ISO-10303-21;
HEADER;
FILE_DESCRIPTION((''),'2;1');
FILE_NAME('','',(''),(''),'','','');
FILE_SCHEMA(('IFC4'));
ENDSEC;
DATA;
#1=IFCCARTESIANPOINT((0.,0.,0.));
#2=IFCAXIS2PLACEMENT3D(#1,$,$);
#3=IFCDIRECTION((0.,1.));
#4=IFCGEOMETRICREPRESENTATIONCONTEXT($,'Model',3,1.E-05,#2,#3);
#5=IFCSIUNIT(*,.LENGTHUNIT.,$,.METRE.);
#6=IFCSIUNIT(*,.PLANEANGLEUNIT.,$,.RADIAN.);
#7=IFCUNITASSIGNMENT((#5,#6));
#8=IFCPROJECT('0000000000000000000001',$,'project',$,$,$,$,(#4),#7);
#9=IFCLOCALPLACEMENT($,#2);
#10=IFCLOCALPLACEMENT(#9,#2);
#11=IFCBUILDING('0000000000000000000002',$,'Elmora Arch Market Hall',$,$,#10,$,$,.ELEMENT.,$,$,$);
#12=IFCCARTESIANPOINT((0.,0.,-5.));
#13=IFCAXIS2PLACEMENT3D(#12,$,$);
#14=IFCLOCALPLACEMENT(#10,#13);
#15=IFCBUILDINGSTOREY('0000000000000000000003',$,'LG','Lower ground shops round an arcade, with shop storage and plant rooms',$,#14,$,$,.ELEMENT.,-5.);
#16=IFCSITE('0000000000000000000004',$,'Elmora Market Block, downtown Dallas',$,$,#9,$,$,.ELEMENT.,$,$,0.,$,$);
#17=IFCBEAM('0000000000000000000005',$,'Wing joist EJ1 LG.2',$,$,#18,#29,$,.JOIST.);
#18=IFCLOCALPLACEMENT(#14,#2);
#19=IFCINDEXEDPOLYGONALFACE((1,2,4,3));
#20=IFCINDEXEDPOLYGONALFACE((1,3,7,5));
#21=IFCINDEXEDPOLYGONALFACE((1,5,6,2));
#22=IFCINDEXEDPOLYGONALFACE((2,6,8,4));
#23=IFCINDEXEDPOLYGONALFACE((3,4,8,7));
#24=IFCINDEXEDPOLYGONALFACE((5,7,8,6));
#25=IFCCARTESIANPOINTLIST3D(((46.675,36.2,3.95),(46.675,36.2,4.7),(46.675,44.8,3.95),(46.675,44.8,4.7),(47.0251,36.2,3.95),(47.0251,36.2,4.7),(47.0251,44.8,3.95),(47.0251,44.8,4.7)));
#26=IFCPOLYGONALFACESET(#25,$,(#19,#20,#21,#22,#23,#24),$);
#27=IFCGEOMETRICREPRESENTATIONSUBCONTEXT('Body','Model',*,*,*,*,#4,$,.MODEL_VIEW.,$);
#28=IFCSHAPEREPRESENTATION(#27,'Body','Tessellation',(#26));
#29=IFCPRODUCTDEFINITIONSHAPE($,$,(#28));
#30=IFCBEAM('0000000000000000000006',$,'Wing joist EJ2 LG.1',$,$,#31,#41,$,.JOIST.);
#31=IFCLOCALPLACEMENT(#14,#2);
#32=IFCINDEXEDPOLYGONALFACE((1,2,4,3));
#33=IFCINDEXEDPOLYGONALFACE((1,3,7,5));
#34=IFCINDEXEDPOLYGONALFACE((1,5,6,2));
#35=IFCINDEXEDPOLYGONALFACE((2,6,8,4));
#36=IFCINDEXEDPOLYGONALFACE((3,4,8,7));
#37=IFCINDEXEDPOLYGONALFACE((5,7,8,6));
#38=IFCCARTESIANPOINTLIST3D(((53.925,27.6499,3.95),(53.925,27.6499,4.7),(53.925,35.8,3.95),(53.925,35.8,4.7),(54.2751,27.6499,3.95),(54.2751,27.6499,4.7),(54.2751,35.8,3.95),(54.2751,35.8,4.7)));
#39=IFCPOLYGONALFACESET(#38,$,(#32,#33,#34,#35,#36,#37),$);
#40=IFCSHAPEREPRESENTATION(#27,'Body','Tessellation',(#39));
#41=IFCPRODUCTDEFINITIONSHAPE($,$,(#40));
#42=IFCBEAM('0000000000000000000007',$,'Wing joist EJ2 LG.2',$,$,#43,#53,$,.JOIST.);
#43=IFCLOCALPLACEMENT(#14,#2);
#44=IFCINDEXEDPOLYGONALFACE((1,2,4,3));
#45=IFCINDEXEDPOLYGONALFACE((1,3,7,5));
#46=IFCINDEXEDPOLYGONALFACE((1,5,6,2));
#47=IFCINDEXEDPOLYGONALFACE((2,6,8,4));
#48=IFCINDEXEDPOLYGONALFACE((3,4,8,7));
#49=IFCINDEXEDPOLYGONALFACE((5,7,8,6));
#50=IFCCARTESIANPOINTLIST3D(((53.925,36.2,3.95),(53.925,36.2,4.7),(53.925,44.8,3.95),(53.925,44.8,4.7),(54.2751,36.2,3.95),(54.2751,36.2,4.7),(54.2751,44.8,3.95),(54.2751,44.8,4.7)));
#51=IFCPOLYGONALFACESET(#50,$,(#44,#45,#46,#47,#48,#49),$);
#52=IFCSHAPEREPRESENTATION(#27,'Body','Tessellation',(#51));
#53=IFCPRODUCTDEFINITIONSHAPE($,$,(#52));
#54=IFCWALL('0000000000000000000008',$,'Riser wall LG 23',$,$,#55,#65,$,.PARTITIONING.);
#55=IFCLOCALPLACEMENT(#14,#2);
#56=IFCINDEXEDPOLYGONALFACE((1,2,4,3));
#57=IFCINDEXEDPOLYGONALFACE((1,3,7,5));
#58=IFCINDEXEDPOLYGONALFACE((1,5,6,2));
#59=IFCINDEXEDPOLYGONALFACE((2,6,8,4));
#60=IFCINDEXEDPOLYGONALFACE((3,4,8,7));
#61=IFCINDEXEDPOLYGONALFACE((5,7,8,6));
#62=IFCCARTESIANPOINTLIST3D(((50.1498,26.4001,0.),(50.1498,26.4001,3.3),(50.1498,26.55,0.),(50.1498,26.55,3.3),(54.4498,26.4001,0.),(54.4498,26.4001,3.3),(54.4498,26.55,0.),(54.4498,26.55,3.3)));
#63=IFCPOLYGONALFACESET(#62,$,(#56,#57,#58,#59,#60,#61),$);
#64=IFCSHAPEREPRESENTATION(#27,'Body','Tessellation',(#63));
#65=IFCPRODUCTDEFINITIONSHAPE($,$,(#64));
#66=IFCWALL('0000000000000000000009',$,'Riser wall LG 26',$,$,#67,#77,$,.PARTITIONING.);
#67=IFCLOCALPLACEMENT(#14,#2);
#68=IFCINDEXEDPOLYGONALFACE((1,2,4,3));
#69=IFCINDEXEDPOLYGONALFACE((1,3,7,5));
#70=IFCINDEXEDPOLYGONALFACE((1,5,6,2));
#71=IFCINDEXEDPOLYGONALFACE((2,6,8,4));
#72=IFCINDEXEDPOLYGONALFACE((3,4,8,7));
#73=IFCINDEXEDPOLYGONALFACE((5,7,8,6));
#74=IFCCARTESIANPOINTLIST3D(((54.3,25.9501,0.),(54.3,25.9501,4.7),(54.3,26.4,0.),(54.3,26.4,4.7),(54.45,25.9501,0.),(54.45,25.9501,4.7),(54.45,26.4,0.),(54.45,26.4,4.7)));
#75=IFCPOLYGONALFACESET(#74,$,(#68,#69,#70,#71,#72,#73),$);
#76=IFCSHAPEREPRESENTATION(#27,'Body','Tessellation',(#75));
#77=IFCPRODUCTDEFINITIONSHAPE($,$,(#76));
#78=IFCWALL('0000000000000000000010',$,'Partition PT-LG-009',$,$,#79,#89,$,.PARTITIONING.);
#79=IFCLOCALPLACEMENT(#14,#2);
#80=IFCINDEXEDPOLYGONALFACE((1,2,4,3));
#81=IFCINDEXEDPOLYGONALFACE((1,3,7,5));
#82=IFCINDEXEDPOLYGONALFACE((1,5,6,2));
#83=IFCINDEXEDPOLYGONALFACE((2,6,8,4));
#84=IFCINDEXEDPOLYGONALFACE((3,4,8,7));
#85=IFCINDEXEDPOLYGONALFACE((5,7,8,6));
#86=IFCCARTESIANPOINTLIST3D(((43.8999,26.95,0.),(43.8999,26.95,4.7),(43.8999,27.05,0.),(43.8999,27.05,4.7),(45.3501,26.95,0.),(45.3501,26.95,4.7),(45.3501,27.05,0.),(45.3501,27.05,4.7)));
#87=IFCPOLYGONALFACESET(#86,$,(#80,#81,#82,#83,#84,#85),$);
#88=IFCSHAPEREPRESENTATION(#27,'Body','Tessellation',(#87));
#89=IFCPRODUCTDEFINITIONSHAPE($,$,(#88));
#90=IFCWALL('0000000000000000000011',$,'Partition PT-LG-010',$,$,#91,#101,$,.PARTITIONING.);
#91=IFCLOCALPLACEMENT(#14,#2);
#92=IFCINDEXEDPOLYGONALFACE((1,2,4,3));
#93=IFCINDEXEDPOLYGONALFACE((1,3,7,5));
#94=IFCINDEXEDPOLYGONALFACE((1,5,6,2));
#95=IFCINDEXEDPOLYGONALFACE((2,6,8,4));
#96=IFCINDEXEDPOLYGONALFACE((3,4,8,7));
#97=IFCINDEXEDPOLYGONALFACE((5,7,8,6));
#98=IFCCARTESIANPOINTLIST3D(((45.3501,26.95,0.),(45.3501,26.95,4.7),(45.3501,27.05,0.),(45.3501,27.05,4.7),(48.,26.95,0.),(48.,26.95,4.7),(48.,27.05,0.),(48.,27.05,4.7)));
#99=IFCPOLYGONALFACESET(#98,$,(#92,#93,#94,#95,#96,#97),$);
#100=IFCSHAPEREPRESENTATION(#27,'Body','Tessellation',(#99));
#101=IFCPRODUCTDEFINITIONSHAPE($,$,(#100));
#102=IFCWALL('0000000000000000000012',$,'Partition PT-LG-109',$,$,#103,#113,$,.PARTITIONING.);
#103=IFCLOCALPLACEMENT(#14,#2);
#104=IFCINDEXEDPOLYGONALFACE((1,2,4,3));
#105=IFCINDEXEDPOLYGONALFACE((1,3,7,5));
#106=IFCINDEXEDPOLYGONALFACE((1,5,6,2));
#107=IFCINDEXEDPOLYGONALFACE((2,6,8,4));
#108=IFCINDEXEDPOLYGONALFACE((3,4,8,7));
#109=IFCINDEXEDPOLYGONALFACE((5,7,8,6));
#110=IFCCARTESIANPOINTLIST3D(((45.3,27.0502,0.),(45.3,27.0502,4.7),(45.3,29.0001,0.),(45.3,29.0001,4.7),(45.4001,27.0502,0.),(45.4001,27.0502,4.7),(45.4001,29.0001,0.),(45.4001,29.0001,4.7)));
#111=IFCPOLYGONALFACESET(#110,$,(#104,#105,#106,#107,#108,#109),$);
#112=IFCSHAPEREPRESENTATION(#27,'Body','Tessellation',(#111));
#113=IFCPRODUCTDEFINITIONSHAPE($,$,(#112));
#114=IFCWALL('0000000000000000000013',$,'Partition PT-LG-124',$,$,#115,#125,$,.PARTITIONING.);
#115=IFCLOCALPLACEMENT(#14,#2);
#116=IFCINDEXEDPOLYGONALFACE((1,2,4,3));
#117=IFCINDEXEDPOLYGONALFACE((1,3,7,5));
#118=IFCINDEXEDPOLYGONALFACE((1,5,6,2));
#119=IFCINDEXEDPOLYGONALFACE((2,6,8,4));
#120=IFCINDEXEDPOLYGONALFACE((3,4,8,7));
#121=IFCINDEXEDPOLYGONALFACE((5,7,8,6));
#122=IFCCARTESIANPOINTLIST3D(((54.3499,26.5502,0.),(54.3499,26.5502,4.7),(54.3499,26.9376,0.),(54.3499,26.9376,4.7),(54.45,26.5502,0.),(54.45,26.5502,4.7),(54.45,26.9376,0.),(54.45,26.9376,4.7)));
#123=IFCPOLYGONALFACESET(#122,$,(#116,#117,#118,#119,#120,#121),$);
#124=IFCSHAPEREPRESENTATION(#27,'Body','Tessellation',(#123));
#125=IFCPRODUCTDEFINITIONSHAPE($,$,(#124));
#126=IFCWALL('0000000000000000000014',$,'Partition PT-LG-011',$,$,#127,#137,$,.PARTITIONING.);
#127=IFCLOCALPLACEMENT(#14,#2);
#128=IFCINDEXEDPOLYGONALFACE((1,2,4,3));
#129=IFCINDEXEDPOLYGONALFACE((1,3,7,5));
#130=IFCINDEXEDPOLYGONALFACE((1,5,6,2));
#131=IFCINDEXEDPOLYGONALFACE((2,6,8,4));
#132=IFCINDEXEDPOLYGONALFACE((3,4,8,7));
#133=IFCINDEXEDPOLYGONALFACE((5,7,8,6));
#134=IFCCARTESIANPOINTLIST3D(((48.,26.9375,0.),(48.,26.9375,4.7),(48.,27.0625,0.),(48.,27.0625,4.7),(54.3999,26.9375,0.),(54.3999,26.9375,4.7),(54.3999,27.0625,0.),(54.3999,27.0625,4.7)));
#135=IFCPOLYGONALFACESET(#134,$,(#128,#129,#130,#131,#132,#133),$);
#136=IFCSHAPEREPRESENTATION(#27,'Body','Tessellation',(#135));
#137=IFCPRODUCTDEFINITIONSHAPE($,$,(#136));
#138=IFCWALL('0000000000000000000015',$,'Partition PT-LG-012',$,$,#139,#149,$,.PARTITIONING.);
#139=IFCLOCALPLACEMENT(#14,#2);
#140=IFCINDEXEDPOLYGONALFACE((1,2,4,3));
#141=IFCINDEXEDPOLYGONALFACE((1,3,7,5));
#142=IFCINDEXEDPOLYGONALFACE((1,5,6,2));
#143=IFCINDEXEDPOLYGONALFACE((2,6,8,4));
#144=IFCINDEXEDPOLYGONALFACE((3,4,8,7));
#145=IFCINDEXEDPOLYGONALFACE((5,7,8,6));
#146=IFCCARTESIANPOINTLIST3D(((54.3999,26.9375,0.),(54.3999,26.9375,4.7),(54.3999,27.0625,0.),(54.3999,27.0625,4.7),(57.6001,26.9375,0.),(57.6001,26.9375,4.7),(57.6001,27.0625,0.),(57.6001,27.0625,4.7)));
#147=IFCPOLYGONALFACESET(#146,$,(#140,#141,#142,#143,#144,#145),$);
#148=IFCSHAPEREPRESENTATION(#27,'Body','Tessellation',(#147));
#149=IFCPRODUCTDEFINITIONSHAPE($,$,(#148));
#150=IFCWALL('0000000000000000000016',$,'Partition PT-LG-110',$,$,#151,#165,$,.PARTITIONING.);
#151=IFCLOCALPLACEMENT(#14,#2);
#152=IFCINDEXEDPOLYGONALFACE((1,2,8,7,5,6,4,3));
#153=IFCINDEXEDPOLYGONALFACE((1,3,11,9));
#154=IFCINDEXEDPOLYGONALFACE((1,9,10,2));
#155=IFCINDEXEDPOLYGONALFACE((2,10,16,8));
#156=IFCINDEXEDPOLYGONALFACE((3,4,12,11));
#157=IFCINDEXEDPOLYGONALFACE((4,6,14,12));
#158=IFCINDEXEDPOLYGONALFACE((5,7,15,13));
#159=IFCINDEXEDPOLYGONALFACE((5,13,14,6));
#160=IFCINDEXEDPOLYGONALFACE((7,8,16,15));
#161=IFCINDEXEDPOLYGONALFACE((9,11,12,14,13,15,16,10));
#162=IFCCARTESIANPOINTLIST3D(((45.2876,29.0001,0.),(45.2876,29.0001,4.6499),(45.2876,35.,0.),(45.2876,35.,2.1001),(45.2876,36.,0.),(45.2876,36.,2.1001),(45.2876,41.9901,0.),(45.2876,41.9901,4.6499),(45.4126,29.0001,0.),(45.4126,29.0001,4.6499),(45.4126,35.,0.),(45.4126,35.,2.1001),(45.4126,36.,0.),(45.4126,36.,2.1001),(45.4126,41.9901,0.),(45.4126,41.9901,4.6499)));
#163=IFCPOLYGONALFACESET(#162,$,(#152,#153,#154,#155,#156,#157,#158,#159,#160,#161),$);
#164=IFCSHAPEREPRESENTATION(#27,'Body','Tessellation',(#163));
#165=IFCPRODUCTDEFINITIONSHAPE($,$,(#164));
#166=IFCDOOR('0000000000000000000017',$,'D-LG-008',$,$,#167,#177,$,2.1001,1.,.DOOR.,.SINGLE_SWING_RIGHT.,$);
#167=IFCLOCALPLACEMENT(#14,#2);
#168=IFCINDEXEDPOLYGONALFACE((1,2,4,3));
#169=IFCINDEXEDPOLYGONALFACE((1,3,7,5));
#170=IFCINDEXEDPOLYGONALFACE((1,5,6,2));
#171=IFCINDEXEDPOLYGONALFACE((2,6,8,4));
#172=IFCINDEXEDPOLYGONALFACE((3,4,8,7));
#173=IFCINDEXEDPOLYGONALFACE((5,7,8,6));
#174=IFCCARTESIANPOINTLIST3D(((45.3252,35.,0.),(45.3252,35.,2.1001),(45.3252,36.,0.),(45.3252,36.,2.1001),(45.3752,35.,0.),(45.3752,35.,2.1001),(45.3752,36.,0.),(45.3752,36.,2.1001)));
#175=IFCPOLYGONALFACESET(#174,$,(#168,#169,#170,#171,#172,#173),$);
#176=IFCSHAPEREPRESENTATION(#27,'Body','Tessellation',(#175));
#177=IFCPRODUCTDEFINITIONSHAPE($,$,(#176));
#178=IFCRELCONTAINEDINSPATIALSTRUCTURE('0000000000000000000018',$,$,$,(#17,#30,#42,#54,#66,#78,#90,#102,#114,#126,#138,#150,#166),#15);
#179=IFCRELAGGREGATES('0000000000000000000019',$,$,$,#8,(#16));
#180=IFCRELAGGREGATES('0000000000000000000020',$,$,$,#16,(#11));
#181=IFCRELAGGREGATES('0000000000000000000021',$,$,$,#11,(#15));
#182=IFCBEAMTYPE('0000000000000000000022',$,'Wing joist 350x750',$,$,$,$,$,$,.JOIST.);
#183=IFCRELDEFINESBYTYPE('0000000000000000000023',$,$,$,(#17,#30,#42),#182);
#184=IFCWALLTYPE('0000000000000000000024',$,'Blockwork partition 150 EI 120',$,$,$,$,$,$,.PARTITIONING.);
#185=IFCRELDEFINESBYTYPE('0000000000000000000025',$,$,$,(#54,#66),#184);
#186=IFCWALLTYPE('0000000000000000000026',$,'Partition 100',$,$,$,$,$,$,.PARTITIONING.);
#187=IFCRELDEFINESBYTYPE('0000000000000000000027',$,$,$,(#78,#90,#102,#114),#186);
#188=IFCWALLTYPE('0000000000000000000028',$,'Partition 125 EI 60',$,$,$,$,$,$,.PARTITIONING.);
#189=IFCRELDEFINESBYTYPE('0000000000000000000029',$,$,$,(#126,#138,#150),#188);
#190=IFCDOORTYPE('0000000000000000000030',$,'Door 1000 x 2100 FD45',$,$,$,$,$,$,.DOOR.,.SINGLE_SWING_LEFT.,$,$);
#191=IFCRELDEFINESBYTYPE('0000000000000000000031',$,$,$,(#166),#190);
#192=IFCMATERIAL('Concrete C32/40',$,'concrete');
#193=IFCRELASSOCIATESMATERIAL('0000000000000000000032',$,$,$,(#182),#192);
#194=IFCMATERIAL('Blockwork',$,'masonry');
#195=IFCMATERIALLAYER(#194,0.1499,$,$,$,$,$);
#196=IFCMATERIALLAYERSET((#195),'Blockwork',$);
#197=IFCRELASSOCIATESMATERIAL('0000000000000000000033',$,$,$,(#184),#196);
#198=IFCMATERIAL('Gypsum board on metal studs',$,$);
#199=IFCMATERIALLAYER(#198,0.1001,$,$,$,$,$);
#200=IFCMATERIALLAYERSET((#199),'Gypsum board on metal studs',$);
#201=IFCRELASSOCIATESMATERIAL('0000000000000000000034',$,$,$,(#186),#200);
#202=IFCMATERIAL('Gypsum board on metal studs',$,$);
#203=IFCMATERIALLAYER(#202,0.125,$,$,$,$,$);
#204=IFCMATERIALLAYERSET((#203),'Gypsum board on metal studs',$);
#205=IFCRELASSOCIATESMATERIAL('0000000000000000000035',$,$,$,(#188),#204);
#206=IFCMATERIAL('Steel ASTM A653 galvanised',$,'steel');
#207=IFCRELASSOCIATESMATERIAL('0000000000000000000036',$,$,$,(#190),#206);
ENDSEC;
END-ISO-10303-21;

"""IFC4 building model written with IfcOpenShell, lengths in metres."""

from ifc_helpers import new_model, si_unit, direction, frame, frame_2d, origin, origin_2d, place, context, subcontext, project, spatial, rectangle, extrude, material, layer, layer_set, material_profile, profile_set, type_object, element, fill, save


model = new_model("IFC4")

# Units and contexts
model_context = context("Model", 3, precision=1e-05, world=origin(), true_north=direction((0.0, 1.0)))
body_context = subcontext(model_context, "Body", "Model", "MODEL_VIEW")
ifc_project = project(units=[si_unit("LENGTHUNIT", "METRE"), si_unit("PLANEANGLEUNIT", "RADIAN")], contexts=[model_context])

# Site, building, storey
site_placement = place(None, origin())
site = spatial("IfcSite", under=ifc_project, at=site_placement, Name="Elmora Market Block, downtown Dallas", CompositionType="ELEMENT", RefElevation=0.0)
building_placement = place(site_placement, origin())
building = spatial("IfcBuilding", under=site, at=building_placement, Name="Elmora Arch Market Hall", CompositionType="ELEMENT")
storey_placement = place(building_placement, frame((0.0, 0.0, -5.0)))
storey = spatial("IfcBuildingStorey", under=building, at=storey_placement, Name="LG", Description="Lower ground shops round an arcade, with shop storage and plant rooms", CompositionType="ELEMENT", Elevation=-5.0)

# Beams
ifc_material_1 = material(Name="Concrete C32/40", Category="concrete")
ifc_material_profile_1 = material_profile(ifc_material_1, rectangle(XDim=0.3501, YDim=0.75, at=origin_2d()), Name="Wing joist 350x750")
ifc_profile_set_1 = profile_set([ifc_material_profile_1], Name="Concrete C32/40")
beam_type_1 = type_object("IfcBeamType", Name="Wing joist 350x750", PredefinedType="JOIST", material=ifc_profile_set_1)
beam_1_placement = place(storey_placement, frame((46.8501, 36.2, 4.325), z_axis=(0.0, 1.0, 0.0), x_axis=(-1.0, 0.0, 0.0)))
element("IfcBeam", 1, at=beam_1_placement, inside=storey, type_object=beam_type_1, Name="Wing joist EJ1 LG.2", PredefinedType="JOIST", context=body_context, shape_type="SweptSolid", body=[
    extrude(rectangle(XDim=0.3501, YDim=0.75, at=origin_2d()), origin(), (0.0, 0.0, 1.0), 8.6001),
])
beam_2_placement = place(storey_placement, frame((54.1001, 27.6499, 4.325), z_axis=(0.0, 1.0, 0.0), x_axis=(-1.0, 0.0, 0.0)))
element("IfcBeam", 2, at=beam_2_placement, inside=storey, type_object=beam_type_1, Name="Wing joist EJ2 LG.1", PredefinedType="JOIST", context=body_context, shape_type="SweptSolid", body=[
    extrude(rectangle(XDim=0.3501, YDim=0.75, at=origin_2d()), origin(), (0.0, 0.0, 1.0), 8.1501),
])
beam_3_placement = place(storey_placement, frame((54.1001, 36.2, 4.325), z_axis=(0.0, 1.0, 0.0), x_axis=(-1.0, 0.0, 0.0)))
element("IfcBeam", 3, at=beam_3_placement, inside=storey, type_object=beam_type_1, Name="Wing joist EJ2 LG.2", PredefinedType="JOIST", context=body_context, shape_type="SweptSolid", body=[
    extrude(rectangle(XDim=0.3501, YDim=0.75, at=origin_2d()), origin(), (0.0, 0.0, 1.0), 8.6001),
])

# Walls
ifc_material_2 = material(Name="Blockwork", Category="masonry")
ifc_layer_1 = layer(ifc_material_2, 0.1499)
ifc_layer_set_1 = layer_set([ifc_layer_1], Name="Blockwork")
wall_type_1 = type_object("IfcWallType", Name="Blockwork partition 150 EI 120", PredefinedType="PARTITIONING", material=ifc_layer_set_1)
wall_1_placement = place(storey_placement, frame((50.1499, 26.4751, 0.0), z_axis=(0.0, 0.0, 1.0), x_axis=(1.0, 0.0, 0.0)))
element("IfcWall", 4, at=wall_1_placement, inside=storey, type_object=wall_type_1, Name="Riser wall LG 23", PredefinedType="PARTITIONING", context=body_context, shape_type="SweptSolid", body=[
    extrude(rectangle(XDim=4.3, YDim=0.1499, at=frame_2d((2.1499, 0.0))), origin(), (0.0, 0.0, 1.0), 3.3),
])
wall_2_placement = place(storey_placement, frame((54.375, 25.95, 0.0), z_axis=(0.0, 0.0, 1.0), x_axis=(0.0, 1.0, 0.0)))
element("IfcWall", 5, at=wall_2_placement, inside=storey, type_object=wall_type_1, Name="Riser wall LG 26", PredefinedType="PARTITIONING", context=body_context, shape_type="SweptSolid", body=[
    extrude(rectangle(XDim=0.45, YDim=0.1499, at=frame_2d((0.2251, 0.0))), origin(), (0.0, 0.0, 1.0), 4.7),
])
ifc_material_3 = material(Name="Gypsum board on metal studs")
ifc_layer_2 = layer(ifc_material_3, 0.1001)
ifc_layer_set_2 = layer_set([ifc_layer_2], Name="Gypsum board on metal studs")
wall_type_2 = type_object("IfcWallType", Name="Partition 100", PredefinedType="PARTITIONING", material=ifc_layer_set_2)
wall_3_placement = place(storey_placement, frame((43.8999, 27.0, 0.0), z_axis=(0.0, 0.0, 1.0), x_axis=(1.0, 0.0, 0.0)))
element("IfcWall", 6, at=wall_3_placement, inside=storey, type_object=wall_type_2, Name="Partition PT-LG-009", PredefinedType="PARTITIONING", context=body_context, shape_type="SweptSolid", body=[
    extrude(rectangle(XDim=1.4502, YDim=0.1001, at=frame_2d((0.7251, 0.0))), origin(), (0.0, 0.0, 1.0), 4.7),
])
wall_4_placement = place(storey_placement, frame((45.3501, 27.0, 0.0), z_axis=(0.0, 0.0, 1.0), x_axis=(1.0, 0.0, 0.0)))
element("IfcWall", 7, at=wall_4_placement, inside=storey, type_object=wall_type_2, Name="Partition PT-LG-010", PredefinedType="PARTITIONING", context=body_context, shape_type="SweptSolid", body=[
    extrude(rectangle(XDim=2.6499, YDim=0.1001, at=frame_2d((1.325, 0.0))), origin(), (0.0, 0.0, 1.0), 4.7),
])
wall_5_placement = place(storey_placement, frame((45.3501, 27.05, 0.0), z_axis=(0.0, 0.0, 1.0), x_axis=(0.0, 1.0, 0.0)))
element("IfcWall", 8, at=wall_5_placement, inside=storey, type_object=wall_type_2, Name="Partition PT-LG-109", PredefinedType="PARTITIONING", context=body_context, shape_type="SweptSolid", body=[
    extrude(rectangle(XDim=1.95, YDim=0.1001, at=frame_2d((0.9751, 0.0))), origin(), (0.0, 0.0, 1.0), 4.7),
])
wall_6_placement = place(storey_placement, frame((54.3999, 26.55, 0.0), z_axis=(0.0, 0.0, 1.0), x_axis=(0.0, 1.0, 0.0)))
element("IfcWall", 9, at=wall_6_placement, inside=storey, type_object=wall_type_2, Name="Partition PT-LG-124", PredefinedType="PARTITIONING", context=body_context, shape_type="SweptSolid", body=[
    extrude(rectangle(XDim=0.3875, YDim=0.1001, at=frame_2d((0.1938, 0.0))), origin(), (0.0, 0.0, 1.0), 4.7),
])
ifc_material_4 = material(Name="Gypsum board on metal studs")
ifc_layer_3 = layer(ifc_material_4, 0.125)
ifc_layer_set_3 = layer_set([ifc_layer_3], Name="Gypsum board on metal studs")
wall_type_3 = type_object("IfcWallType", Name="Partition 125 EI 60", PredefinedType="PARTITIONING", material=ifc_layer_set_3)
wall_7_placement = place(storey_placement, frame((48.0, 27.0, 0.0), z_axis=(0.0, 0.0, 1.0), x_axis=(1.0, 0.0, 0.0)))
element("IfcWall", 10, at=wall_7_placement, inside=storey, type_object=wall_type_3, Name="Partition PT-LG-011", PredefinedType="PARTITIONING", context=body_context, shape_type="SweptSolid", body=[
    extrude(rectangle(XDim=6.3999, YDim=0.125, at=frame_2d((3.2, 0.0))), origin(), (0.0, 0.0, 1.0), 4.7),
])
wall_8_placement = place(storey_placement, frame((54.3999, 27.0, 0.0), z_axis=(0.0, 0.0, 1.0), x_axis=(1.0, 0.0, 0.0)))
element("IfcWall", 11, at=wall_8_placement, inside=storey, type_object=wall_type_3, Name="Partition PT-LG-012", PredefinedType="PARTITIONING", context=body_context, shape_type="SweptSolid", body=[
    extrude(rectangle(XDim=3.2002, YDim=0.125, at=frame_2d((1.6001, 0.0))), origin(), (0.0, 0.0, 1.0), 4.7),
])

# Wall, opening, door
wall_9_placement = place(storey_placement, frame((45.3501, 29.0, 0.0), z_axis=(0.0, 0.0, 1.0), x_axis=(0.0, 1.0, 0.0)))
wall_9 = element("IfcWall", 12, at=wall_9_placement, inside=storey, type_object=wall_type_3, Name="Partition PT-LG-110", PredefinedType="PARTITIONING", context=body_context, shape_type="SweptSolid", body=[
    extrude(rectangle(XDim=12.99, YDim=0.125, at=frame_2d((6.4951, 0.0))), origin(), (0.0, 0.0, 1.0), 4.6499),
])
opening_1_placement = place(wall_9_placement, frame((6.0, 0.0, 0.0)))
opening_1 = element("IfcOpeningElement", 13, at=opening_1_placement, cuts=wall_9, PredefinedType="OPENING", context=body_context, shape_type="SweptSolid", body=[
    extrude(rectangle(XDim=1.0, YDim=2.1001, at=frame_2d((0.5, 1.05))), frame((0.0, 0.0725, 0.0), z_axis=(0.0, -1.0, 0.0), x_axis=(1.0, 0.0, 0.0)), (0.0, 0.0, 1.0), 0.145),
])
ifc_material_5 = material(Name="Steel ASTM A653 galvanised", Category="steel")
door_type = type_object("IfcDoorType", Name="Door 1000 x 2100 FD45", OperationType="SINGLE_SWING_LEFT", PredefinedType="DOOR", material=ifc_material_5)
door_1_placement = place(opening_1_placement, origin())
door_1 = element("IfcDoor", 14, at=door_1_placement, inside=storey, type_object=door_type, Name="D-LG-008", OperationType="SINGLE_SWING_RIGHT", OverallHeight=2.1001, OverallWidth=1.0, PredefinedType="DOOR", context=body_context, shape_type="SweptSolid", body=[
    extrude(rectangle(XDim=1.0, YDim=2.1001, at=frame_2d((0.5, 1.05))), frame((0.0, 0.0249, 0.0), z_axis=(0.0, -1.0, 0.0), x_axis=(1.0, 0.0, 0.0)), (0.0, 0.0, 1.0), 0.05),
])
fill(opening_1, door_1)

save(model, "model.ifc")
